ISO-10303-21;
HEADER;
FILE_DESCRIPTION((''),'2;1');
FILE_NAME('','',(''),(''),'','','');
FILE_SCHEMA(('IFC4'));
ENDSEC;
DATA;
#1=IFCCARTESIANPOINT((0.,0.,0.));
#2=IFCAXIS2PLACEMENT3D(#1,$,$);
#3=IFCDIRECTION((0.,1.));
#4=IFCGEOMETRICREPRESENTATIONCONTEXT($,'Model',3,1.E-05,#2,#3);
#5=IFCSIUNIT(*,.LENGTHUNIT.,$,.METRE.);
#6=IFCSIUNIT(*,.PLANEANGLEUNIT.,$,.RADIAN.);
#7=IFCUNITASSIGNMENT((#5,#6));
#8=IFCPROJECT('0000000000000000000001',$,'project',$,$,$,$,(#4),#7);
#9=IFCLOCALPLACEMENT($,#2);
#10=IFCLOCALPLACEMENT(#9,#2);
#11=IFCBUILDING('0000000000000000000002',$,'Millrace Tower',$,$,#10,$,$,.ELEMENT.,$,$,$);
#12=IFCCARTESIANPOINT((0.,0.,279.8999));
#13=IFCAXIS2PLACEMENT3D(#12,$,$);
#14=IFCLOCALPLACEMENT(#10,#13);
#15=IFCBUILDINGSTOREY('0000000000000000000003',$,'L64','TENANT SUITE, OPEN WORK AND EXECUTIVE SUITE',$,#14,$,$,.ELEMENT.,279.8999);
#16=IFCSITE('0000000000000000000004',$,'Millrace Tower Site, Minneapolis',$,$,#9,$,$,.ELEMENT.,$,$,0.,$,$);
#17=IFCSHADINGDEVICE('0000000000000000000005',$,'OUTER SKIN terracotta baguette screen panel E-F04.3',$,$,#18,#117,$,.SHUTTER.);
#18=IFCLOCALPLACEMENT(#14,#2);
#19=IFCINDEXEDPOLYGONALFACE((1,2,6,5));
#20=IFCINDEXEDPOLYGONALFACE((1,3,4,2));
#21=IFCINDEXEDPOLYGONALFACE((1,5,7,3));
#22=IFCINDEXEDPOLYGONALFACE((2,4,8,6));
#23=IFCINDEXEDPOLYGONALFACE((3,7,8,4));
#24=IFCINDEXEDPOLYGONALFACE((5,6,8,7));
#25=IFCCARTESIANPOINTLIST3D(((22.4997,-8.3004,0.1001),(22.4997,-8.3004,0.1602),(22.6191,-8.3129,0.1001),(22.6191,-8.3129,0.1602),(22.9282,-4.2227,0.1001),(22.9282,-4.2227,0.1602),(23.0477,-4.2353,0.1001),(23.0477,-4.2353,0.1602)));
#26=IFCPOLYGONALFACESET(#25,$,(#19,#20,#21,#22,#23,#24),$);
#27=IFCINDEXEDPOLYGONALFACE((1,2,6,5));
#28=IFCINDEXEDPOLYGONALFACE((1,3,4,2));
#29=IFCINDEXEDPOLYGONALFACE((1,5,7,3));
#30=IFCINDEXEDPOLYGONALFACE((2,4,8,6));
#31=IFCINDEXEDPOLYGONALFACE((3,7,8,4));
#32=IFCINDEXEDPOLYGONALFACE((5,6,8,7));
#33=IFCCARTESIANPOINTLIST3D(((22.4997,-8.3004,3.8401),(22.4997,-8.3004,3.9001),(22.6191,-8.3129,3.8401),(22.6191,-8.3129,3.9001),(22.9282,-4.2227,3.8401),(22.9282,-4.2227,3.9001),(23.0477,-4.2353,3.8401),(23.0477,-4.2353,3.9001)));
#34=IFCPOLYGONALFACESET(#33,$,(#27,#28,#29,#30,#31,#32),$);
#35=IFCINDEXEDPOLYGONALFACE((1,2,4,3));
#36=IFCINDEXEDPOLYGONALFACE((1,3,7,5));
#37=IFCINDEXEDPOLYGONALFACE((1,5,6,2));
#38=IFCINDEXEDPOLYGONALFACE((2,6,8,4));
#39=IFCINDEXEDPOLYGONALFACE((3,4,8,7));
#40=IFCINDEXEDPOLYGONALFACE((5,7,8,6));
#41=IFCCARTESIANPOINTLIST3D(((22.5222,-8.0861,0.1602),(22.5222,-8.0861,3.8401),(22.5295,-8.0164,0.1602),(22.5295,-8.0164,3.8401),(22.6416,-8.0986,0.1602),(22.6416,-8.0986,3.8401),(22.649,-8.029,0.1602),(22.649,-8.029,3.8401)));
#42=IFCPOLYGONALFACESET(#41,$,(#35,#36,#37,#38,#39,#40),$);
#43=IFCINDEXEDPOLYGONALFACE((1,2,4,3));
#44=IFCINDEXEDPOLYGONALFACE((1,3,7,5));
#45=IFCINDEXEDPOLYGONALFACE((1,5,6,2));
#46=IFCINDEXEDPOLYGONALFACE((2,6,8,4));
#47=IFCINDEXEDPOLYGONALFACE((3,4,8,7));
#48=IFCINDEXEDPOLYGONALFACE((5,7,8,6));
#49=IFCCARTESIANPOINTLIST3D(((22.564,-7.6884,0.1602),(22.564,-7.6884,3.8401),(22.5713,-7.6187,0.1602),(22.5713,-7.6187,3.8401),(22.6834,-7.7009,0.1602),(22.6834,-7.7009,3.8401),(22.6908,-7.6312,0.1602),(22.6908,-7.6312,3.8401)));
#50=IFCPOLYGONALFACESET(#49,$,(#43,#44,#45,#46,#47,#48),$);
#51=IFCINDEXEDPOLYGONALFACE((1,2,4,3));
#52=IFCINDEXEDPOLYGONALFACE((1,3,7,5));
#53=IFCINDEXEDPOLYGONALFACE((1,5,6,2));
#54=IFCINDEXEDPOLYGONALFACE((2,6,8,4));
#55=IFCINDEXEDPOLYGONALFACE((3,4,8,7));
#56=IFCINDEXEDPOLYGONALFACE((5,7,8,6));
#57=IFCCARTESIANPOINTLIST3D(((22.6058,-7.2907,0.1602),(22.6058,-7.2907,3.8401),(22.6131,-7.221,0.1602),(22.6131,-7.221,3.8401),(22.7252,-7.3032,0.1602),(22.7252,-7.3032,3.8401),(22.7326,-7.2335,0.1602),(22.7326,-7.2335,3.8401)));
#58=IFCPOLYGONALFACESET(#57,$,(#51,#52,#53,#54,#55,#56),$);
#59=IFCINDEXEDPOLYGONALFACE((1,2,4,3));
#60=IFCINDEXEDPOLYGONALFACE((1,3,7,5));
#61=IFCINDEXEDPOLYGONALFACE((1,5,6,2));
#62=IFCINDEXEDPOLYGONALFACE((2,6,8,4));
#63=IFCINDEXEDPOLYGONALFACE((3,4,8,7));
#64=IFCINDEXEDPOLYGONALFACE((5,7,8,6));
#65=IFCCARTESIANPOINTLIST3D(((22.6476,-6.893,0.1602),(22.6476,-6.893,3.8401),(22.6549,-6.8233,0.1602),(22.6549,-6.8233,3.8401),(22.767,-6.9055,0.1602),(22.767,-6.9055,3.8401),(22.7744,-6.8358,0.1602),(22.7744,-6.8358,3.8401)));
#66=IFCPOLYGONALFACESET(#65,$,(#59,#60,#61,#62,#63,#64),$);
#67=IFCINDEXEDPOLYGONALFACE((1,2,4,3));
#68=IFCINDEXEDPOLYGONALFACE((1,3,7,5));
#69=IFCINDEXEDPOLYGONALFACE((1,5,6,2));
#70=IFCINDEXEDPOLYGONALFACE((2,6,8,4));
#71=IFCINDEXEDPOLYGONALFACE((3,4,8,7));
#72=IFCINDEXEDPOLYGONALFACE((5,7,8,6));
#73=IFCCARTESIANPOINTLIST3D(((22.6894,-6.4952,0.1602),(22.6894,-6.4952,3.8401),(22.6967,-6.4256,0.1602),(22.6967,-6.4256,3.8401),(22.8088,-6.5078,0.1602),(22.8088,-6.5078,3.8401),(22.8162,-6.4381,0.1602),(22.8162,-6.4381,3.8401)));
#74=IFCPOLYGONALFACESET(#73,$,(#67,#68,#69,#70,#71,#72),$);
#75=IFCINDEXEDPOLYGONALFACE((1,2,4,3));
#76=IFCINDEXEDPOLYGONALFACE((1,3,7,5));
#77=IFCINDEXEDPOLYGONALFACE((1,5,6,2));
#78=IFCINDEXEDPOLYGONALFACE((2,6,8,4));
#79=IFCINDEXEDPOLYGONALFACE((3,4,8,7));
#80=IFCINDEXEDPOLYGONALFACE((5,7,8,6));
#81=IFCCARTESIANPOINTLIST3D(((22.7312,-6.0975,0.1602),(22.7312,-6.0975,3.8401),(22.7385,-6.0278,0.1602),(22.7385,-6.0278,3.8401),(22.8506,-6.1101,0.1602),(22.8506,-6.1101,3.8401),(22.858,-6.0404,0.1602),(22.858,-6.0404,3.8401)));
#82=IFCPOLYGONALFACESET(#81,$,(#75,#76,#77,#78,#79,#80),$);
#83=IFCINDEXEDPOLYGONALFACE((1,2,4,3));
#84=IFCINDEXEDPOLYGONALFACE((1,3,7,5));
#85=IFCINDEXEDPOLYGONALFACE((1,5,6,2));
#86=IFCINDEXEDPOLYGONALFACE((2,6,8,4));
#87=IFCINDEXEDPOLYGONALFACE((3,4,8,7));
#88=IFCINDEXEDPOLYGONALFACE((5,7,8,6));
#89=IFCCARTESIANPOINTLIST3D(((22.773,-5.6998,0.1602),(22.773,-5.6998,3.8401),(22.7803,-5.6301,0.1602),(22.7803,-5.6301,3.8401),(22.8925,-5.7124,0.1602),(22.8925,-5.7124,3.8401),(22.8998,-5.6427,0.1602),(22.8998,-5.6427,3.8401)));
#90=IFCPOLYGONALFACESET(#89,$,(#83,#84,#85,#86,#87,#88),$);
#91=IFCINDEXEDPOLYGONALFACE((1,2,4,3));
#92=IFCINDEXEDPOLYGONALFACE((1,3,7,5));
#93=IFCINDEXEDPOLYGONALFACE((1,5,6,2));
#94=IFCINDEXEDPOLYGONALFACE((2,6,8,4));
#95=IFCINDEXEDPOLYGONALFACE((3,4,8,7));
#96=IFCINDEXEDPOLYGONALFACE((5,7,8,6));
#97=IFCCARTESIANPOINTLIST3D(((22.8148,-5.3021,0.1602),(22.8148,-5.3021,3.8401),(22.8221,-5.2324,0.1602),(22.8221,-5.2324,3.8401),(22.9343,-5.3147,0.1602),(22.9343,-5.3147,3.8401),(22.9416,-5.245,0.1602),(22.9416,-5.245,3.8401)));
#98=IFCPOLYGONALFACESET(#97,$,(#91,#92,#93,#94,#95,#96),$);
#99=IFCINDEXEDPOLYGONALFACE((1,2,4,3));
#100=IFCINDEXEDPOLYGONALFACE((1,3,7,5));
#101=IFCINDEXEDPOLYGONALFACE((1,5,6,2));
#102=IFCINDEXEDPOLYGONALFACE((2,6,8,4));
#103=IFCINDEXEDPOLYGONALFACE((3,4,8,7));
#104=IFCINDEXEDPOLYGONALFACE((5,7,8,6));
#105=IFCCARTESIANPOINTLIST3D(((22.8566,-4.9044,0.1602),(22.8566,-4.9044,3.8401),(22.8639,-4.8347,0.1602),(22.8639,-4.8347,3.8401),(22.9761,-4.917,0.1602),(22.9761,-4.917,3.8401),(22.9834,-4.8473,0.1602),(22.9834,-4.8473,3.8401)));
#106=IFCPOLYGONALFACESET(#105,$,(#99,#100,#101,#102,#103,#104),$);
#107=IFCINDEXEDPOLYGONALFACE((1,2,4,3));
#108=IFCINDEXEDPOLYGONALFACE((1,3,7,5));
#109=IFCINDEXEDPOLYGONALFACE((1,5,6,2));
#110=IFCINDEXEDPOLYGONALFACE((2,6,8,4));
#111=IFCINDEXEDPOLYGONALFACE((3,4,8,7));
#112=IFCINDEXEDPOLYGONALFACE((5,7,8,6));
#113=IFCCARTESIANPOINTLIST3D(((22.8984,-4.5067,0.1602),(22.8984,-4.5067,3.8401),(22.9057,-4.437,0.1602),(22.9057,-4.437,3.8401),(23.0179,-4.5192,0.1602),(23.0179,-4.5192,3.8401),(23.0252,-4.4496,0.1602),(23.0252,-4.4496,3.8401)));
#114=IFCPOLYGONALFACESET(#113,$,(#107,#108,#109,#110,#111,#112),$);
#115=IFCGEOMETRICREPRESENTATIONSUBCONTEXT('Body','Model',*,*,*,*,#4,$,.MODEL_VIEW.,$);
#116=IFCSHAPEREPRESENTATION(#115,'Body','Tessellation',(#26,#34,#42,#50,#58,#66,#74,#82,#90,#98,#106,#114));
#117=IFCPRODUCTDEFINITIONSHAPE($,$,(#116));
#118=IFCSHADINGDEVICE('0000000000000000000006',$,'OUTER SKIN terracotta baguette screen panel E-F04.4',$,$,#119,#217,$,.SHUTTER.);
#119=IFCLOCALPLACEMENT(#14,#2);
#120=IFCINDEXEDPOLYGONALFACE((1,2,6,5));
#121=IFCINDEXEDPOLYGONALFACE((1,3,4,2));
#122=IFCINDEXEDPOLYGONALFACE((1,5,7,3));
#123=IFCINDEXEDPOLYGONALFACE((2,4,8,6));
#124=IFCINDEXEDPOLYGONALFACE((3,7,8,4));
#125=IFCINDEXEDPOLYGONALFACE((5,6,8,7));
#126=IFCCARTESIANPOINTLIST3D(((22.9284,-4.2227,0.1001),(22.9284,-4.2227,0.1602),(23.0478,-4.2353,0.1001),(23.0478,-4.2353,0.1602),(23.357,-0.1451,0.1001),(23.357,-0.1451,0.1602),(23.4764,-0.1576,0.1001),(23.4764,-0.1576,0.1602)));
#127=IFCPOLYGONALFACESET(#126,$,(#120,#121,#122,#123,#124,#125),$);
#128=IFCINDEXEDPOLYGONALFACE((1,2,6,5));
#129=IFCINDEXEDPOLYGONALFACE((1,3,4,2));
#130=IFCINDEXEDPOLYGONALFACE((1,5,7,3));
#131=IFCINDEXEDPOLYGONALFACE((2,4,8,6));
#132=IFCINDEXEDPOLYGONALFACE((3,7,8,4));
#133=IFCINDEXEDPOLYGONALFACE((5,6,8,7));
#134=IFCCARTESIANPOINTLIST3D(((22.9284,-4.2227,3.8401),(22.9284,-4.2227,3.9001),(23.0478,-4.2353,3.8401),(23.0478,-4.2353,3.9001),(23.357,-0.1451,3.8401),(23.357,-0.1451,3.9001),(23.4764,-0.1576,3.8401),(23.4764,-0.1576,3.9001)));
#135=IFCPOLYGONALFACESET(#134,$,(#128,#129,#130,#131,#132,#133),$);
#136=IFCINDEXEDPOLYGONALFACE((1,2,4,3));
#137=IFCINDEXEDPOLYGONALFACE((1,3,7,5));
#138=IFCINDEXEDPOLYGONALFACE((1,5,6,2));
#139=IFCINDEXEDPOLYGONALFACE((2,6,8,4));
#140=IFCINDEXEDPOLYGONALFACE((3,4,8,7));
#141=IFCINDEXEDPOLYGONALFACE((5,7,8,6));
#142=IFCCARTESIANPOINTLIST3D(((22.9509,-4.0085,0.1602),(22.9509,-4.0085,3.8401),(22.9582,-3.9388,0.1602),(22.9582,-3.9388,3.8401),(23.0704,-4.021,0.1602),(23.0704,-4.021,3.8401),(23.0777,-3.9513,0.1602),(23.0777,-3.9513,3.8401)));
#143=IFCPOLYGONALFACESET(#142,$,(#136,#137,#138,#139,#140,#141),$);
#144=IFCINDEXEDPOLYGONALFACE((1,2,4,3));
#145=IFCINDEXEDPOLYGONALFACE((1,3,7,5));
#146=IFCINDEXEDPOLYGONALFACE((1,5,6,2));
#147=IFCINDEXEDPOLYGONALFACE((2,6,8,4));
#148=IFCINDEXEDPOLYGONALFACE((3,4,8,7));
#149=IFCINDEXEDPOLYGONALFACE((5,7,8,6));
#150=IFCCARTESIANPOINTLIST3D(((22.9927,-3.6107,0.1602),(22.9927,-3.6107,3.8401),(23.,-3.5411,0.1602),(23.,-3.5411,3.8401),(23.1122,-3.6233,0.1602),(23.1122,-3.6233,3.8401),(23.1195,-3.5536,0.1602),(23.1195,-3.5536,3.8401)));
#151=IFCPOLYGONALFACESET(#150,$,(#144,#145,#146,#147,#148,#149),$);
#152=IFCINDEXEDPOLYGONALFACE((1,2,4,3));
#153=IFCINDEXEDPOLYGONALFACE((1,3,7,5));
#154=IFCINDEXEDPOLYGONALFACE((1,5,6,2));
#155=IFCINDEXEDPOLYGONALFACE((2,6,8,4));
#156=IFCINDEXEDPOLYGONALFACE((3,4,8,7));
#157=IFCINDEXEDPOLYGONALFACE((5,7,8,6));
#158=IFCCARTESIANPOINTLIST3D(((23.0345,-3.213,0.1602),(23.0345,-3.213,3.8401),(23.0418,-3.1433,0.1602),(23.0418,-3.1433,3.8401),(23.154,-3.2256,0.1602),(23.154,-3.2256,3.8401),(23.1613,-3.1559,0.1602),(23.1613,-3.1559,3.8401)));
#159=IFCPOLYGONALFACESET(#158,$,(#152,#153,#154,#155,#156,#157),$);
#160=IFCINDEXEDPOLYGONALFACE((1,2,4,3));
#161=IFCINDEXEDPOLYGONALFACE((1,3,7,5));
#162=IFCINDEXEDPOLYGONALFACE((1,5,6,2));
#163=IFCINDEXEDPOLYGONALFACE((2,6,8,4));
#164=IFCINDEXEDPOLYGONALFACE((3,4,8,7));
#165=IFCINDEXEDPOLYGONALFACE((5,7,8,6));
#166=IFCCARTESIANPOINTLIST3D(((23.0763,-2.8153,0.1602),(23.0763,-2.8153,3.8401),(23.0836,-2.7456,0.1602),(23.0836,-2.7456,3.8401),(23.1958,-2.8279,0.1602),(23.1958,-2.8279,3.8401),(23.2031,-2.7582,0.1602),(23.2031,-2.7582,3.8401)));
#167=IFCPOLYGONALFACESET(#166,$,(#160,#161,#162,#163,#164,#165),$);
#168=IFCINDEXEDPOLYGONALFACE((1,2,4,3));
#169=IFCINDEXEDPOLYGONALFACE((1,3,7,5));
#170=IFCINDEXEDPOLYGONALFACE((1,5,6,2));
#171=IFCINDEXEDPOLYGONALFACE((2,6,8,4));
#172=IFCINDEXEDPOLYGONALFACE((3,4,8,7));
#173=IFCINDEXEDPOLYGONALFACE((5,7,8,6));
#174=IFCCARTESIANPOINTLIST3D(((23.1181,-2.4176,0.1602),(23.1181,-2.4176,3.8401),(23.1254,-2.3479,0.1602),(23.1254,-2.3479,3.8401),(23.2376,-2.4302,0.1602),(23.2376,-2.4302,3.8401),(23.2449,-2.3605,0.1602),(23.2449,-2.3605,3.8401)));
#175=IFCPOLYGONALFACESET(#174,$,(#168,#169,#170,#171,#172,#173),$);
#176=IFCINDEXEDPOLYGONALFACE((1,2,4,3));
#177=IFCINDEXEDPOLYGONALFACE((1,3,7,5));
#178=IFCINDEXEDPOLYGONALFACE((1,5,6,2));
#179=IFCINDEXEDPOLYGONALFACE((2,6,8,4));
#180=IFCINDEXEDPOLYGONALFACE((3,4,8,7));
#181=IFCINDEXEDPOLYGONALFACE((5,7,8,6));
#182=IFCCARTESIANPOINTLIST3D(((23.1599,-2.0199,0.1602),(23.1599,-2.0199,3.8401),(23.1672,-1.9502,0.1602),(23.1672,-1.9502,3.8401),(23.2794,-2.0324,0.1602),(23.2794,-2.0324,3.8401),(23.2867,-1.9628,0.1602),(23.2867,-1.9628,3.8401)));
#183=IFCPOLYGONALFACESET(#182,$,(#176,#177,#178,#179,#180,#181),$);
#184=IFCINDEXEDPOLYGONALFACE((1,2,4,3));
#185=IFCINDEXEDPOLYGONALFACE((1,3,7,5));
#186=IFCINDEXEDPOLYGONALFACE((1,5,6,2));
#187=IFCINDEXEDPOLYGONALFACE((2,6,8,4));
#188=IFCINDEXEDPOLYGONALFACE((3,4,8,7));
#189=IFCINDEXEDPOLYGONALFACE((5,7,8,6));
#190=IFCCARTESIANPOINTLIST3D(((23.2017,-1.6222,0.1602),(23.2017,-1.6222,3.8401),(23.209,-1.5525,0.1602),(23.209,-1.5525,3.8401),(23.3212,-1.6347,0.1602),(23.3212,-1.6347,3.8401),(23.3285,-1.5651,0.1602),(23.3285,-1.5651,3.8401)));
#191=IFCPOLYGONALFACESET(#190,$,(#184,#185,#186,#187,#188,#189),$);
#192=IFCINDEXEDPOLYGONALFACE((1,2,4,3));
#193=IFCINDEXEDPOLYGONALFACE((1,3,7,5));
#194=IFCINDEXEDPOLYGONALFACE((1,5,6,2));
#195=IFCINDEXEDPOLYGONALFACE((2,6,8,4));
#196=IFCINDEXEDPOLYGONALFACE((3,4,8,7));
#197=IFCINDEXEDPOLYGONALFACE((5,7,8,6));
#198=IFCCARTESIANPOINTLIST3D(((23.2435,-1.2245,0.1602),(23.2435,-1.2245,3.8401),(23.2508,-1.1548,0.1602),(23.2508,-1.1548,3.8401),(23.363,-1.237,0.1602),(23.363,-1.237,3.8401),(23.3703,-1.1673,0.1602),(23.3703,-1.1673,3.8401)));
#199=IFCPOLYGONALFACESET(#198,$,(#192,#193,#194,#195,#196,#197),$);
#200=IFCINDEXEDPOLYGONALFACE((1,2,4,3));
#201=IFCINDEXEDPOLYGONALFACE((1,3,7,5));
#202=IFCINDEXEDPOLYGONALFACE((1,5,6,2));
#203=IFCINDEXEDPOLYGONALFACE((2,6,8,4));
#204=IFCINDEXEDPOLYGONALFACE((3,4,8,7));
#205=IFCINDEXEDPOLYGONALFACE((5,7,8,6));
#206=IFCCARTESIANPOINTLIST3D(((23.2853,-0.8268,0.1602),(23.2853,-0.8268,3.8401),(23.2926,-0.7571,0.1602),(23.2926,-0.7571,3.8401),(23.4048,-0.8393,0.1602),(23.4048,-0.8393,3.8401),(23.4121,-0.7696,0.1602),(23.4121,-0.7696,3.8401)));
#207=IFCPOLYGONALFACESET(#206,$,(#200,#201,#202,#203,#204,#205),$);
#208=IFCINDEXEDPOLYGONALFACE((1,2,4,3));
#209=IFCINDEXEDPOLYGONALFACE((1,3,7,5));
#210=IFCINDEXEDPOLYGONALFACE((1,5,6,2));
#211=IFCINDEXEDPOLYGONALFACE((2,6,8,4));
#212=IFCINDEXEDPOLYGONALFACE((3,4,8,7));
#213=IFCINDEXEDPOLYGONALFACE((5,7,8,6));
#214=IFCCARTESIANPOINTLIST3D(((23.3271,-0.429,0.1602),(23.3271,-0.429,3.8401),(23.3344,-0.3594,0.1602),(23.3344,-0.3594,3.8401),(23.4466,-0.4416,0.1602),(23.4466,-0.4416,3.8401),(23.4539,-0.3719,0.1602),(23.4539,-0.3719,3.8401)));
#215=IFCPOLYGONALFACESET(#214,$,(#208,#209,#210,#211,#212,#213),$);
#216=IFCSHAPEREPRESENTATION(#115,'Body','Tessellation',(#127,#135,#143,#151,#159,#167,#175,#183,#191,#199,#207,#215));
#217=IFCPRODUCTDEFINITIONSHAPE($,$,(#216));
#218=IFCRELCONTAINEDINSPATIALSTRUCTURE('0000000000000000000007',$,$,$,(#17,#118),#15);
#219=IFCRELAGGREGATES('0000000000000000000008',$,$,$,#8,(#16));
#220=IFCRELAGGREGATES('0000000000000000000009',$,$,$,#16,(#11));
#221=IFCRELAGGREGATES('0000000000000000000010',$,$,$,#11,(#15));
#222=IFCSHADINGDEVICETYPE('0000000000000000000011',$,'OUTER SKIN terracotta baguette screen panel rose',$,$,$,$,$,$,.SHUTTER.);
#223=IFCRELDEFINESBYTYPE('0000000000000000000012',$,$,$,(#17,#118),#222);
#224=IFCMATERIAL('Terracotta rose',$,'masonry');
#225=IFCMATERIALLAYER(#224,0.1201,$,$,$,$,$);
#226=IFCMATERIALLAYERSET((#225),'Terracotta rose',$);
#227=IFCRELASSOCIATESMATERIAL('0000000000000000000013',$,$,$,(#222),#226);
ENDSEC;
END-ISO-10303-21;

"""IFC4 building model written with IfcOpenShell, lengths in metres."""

from ifc_helpers import new_model, entity, si_unit, direction, frame, frame_2d, origin, place, context, subcontext, project, spatial, rectangle, extrude, source, transform, mapped, material, layer, layer_set, type_object, element, save


model = new_model("IFC4")

# Units and contexts
model_context = context("Model", 3, precision=1e-05, world=origin(), true_north=direction((0.0, 1.0)))
body_context = subcontext(model_context, "Body", "Model", "MODEL_VIEW")
ifc_project = project(units=[si_unit("LENGTHUNIT", "METRE"), si_unit("PLANEANGLEUNIT", "RADIAN")], contexts=[model_context])

# Site, building, storey
site_placement = place(None, origin())
site = spatial("IfcSite", under=ifc_project, at=site_placement, Name="Millrace Tower Site, Minneapolis", CompositionType="ELEMENT", RefElevation=0.0)
building_placement = place(site_placement, origin())
building = spatial("IfcBuilding", under=site, at=building_placement, Name="Millrace Tower", CompositionType="ELEMENT")
storey_placement = place(building_placement, frame((0.0, 0.0, 279.8999)))
storey = spatial("IfcBuildingStorey", under=building, at=storey_placement, Name="L64", Description="TENANT SUITE, OPEN WORK AND EXECUTIVE SUITE", CompositionType="ELEMENT", Elevation=279.8999)

# Shading devices
ifc_material_1 = material(Name="Terracotta rose", Category="masonry")
ifc_layer_1 = layer(ifc_material_1, 0.1201)
ifc_layer_set_1 = layer_set([ifc_layer_1], Name="Terracotta rose")
shading_device_type = type_object("IfcShadingDeviceType", Name="OUTER SKIN terracotta baguette screen panel rose", PredefinedType="SHUTTER", material=ifc_layer_set_1)
cartesian_point = entity("IfcCartesianPoint", [-2.05, 0.0601])
shared_polyline = entity("IfcPolyline", [cartesian_point, entity("IfcCartesianPoint", [2.05, 0.0601]), entity("IfcCartesianPoint", [2.05, -0.0601]), entity("IfcCartesianPoint", [-2.05, -0.0601]), cartesian_point])
shared_shape = source(origin(), body_context, "Body", "SweptSolid", [
    entity("IfcExtrudedAreaSolid", entity("IfcArbitraryClosedProfileDef", "AREA", None, shared_polyline), entity("IfcAxis2Placement3D", entity("IfcCartesianPoint", [0.0, 0.0, 0.0])), entity("IfcDirection", [0.0, 0.0, 1.0]), 0.0601),
    entity("IfcExtrudedAreaSolid", entity("IfcArbitraryClosedProfileDef", "AREA", None, shared_polyline), entity("IfcAxis2Placement3D", entity("IfcCartesianPoint", [0.0, 0.0, 3.74])), entity("IfcDirection", [0.0, 0.0, 1.0]), 0.0601),
    extrude(rectangle(XDim=0.0701, YDim=0.1201, at=frame_2d((-1.7996, 0.0))), frame((0.0, 0.0, 0.0601)), (0.0, 0.0, 1.0), 3.6799),
    extrude(rectangle(XDim=0.0701, YDim=0.1201, at=frame_2d((-1.3997, 0.0))), frame((0.0, 0.0, 0.0601)), (0.0, 0.0, 1.0), 3.6799),
    extrude(rectangle(XDim=0.0701, YDim=0.1201, at=frame_2d((-0.9998, 0.0))), frame((0.0, 0.0, 0.0601)), (0.0, 0.0, 1.0), 3.6799),
    extrude(rectangle(XDim=0.0701, YDim=0.1201, at=frame_2d((-0.5999, 0.0))), frame((0.0, 0.0, 0.0601)), (0.0, 0.0, 1.0), 3.6799),
    extrude(rectangle(XDim=0.0701, YDim=0.1201, at=frame_2d((-0.2, 0.0))), frame((0.0, 0.0, 0.0601)), (0.0, 0.0, 1.0), 3.6799),
    extrude(rectangle(XDim=0.0701, YDim=0.1201, at=frame_2d((0.2, 0.0))), frame((0.0, 0.0, 0.0601)), (0.0, 0.0, 1.0), 3.6799),
    extrude(rectangle(XDim=0.0701, YDim=0.1201, at=frame_2d((0.5999, 0.0))), frame((0.0, 0.0, 0.0601)), (0.0, 0.0, 1.0), 3.6799),
    extrude(rectangle(XDim=0.0701, YDim=0.1201, at=frame_2d((0.9998, 0.0))), frame((0.0, 0.0, 0.0601)), (0.0, 0.0, 1.0), 3.6799),
    extrude(rectangle(XDim=0.0701, YDim=0.1201, at=frame_2d((1.3997, 0.0))), frame((0.0, 0.0, 0.0601)), (0.0, 0.0, 1.0), 3.6799),
    extrude(rectangle(XDim=0.0701, YDim=0.1201, at=frame_2d((1.7996, 0.0))), frame((0.0, 0.0, 0.0601)), (0.0, 0.0, 1.0), 3.6799),
])
for number, where, z_axis, x_axis, name in (
    (1, (22.7737, -6.2678, 0.1001), (0.0, 0.0, 1.0), (0.104528, 0.994522, 0.0), "OUTER SKIN terracotta baguette screen panel E-F04.3"),
    (2, (23.2024, -2.1902, 0.1001), (0.0, 0.0, 1.0), (0.104528, 0.994522, 0.0), "OUTER SKIN terracotta baguette screen panel E-F04.4"),
):
    element("IfcShadingDevice", number, at=place(storey_placement, frame(where, z_axis=z_axis, x_axis=x_axis)), inside=storey, type_object=shading_device_type, Name=name, PredefinedType="SHUTTER", context=body_context, shape_type="MappedRepresentation", body=[
        mapped(shared_shape, transform((0.0, 0.0, 0.0), scale=1.0)),
    ])

save(model, "model.ifc")
